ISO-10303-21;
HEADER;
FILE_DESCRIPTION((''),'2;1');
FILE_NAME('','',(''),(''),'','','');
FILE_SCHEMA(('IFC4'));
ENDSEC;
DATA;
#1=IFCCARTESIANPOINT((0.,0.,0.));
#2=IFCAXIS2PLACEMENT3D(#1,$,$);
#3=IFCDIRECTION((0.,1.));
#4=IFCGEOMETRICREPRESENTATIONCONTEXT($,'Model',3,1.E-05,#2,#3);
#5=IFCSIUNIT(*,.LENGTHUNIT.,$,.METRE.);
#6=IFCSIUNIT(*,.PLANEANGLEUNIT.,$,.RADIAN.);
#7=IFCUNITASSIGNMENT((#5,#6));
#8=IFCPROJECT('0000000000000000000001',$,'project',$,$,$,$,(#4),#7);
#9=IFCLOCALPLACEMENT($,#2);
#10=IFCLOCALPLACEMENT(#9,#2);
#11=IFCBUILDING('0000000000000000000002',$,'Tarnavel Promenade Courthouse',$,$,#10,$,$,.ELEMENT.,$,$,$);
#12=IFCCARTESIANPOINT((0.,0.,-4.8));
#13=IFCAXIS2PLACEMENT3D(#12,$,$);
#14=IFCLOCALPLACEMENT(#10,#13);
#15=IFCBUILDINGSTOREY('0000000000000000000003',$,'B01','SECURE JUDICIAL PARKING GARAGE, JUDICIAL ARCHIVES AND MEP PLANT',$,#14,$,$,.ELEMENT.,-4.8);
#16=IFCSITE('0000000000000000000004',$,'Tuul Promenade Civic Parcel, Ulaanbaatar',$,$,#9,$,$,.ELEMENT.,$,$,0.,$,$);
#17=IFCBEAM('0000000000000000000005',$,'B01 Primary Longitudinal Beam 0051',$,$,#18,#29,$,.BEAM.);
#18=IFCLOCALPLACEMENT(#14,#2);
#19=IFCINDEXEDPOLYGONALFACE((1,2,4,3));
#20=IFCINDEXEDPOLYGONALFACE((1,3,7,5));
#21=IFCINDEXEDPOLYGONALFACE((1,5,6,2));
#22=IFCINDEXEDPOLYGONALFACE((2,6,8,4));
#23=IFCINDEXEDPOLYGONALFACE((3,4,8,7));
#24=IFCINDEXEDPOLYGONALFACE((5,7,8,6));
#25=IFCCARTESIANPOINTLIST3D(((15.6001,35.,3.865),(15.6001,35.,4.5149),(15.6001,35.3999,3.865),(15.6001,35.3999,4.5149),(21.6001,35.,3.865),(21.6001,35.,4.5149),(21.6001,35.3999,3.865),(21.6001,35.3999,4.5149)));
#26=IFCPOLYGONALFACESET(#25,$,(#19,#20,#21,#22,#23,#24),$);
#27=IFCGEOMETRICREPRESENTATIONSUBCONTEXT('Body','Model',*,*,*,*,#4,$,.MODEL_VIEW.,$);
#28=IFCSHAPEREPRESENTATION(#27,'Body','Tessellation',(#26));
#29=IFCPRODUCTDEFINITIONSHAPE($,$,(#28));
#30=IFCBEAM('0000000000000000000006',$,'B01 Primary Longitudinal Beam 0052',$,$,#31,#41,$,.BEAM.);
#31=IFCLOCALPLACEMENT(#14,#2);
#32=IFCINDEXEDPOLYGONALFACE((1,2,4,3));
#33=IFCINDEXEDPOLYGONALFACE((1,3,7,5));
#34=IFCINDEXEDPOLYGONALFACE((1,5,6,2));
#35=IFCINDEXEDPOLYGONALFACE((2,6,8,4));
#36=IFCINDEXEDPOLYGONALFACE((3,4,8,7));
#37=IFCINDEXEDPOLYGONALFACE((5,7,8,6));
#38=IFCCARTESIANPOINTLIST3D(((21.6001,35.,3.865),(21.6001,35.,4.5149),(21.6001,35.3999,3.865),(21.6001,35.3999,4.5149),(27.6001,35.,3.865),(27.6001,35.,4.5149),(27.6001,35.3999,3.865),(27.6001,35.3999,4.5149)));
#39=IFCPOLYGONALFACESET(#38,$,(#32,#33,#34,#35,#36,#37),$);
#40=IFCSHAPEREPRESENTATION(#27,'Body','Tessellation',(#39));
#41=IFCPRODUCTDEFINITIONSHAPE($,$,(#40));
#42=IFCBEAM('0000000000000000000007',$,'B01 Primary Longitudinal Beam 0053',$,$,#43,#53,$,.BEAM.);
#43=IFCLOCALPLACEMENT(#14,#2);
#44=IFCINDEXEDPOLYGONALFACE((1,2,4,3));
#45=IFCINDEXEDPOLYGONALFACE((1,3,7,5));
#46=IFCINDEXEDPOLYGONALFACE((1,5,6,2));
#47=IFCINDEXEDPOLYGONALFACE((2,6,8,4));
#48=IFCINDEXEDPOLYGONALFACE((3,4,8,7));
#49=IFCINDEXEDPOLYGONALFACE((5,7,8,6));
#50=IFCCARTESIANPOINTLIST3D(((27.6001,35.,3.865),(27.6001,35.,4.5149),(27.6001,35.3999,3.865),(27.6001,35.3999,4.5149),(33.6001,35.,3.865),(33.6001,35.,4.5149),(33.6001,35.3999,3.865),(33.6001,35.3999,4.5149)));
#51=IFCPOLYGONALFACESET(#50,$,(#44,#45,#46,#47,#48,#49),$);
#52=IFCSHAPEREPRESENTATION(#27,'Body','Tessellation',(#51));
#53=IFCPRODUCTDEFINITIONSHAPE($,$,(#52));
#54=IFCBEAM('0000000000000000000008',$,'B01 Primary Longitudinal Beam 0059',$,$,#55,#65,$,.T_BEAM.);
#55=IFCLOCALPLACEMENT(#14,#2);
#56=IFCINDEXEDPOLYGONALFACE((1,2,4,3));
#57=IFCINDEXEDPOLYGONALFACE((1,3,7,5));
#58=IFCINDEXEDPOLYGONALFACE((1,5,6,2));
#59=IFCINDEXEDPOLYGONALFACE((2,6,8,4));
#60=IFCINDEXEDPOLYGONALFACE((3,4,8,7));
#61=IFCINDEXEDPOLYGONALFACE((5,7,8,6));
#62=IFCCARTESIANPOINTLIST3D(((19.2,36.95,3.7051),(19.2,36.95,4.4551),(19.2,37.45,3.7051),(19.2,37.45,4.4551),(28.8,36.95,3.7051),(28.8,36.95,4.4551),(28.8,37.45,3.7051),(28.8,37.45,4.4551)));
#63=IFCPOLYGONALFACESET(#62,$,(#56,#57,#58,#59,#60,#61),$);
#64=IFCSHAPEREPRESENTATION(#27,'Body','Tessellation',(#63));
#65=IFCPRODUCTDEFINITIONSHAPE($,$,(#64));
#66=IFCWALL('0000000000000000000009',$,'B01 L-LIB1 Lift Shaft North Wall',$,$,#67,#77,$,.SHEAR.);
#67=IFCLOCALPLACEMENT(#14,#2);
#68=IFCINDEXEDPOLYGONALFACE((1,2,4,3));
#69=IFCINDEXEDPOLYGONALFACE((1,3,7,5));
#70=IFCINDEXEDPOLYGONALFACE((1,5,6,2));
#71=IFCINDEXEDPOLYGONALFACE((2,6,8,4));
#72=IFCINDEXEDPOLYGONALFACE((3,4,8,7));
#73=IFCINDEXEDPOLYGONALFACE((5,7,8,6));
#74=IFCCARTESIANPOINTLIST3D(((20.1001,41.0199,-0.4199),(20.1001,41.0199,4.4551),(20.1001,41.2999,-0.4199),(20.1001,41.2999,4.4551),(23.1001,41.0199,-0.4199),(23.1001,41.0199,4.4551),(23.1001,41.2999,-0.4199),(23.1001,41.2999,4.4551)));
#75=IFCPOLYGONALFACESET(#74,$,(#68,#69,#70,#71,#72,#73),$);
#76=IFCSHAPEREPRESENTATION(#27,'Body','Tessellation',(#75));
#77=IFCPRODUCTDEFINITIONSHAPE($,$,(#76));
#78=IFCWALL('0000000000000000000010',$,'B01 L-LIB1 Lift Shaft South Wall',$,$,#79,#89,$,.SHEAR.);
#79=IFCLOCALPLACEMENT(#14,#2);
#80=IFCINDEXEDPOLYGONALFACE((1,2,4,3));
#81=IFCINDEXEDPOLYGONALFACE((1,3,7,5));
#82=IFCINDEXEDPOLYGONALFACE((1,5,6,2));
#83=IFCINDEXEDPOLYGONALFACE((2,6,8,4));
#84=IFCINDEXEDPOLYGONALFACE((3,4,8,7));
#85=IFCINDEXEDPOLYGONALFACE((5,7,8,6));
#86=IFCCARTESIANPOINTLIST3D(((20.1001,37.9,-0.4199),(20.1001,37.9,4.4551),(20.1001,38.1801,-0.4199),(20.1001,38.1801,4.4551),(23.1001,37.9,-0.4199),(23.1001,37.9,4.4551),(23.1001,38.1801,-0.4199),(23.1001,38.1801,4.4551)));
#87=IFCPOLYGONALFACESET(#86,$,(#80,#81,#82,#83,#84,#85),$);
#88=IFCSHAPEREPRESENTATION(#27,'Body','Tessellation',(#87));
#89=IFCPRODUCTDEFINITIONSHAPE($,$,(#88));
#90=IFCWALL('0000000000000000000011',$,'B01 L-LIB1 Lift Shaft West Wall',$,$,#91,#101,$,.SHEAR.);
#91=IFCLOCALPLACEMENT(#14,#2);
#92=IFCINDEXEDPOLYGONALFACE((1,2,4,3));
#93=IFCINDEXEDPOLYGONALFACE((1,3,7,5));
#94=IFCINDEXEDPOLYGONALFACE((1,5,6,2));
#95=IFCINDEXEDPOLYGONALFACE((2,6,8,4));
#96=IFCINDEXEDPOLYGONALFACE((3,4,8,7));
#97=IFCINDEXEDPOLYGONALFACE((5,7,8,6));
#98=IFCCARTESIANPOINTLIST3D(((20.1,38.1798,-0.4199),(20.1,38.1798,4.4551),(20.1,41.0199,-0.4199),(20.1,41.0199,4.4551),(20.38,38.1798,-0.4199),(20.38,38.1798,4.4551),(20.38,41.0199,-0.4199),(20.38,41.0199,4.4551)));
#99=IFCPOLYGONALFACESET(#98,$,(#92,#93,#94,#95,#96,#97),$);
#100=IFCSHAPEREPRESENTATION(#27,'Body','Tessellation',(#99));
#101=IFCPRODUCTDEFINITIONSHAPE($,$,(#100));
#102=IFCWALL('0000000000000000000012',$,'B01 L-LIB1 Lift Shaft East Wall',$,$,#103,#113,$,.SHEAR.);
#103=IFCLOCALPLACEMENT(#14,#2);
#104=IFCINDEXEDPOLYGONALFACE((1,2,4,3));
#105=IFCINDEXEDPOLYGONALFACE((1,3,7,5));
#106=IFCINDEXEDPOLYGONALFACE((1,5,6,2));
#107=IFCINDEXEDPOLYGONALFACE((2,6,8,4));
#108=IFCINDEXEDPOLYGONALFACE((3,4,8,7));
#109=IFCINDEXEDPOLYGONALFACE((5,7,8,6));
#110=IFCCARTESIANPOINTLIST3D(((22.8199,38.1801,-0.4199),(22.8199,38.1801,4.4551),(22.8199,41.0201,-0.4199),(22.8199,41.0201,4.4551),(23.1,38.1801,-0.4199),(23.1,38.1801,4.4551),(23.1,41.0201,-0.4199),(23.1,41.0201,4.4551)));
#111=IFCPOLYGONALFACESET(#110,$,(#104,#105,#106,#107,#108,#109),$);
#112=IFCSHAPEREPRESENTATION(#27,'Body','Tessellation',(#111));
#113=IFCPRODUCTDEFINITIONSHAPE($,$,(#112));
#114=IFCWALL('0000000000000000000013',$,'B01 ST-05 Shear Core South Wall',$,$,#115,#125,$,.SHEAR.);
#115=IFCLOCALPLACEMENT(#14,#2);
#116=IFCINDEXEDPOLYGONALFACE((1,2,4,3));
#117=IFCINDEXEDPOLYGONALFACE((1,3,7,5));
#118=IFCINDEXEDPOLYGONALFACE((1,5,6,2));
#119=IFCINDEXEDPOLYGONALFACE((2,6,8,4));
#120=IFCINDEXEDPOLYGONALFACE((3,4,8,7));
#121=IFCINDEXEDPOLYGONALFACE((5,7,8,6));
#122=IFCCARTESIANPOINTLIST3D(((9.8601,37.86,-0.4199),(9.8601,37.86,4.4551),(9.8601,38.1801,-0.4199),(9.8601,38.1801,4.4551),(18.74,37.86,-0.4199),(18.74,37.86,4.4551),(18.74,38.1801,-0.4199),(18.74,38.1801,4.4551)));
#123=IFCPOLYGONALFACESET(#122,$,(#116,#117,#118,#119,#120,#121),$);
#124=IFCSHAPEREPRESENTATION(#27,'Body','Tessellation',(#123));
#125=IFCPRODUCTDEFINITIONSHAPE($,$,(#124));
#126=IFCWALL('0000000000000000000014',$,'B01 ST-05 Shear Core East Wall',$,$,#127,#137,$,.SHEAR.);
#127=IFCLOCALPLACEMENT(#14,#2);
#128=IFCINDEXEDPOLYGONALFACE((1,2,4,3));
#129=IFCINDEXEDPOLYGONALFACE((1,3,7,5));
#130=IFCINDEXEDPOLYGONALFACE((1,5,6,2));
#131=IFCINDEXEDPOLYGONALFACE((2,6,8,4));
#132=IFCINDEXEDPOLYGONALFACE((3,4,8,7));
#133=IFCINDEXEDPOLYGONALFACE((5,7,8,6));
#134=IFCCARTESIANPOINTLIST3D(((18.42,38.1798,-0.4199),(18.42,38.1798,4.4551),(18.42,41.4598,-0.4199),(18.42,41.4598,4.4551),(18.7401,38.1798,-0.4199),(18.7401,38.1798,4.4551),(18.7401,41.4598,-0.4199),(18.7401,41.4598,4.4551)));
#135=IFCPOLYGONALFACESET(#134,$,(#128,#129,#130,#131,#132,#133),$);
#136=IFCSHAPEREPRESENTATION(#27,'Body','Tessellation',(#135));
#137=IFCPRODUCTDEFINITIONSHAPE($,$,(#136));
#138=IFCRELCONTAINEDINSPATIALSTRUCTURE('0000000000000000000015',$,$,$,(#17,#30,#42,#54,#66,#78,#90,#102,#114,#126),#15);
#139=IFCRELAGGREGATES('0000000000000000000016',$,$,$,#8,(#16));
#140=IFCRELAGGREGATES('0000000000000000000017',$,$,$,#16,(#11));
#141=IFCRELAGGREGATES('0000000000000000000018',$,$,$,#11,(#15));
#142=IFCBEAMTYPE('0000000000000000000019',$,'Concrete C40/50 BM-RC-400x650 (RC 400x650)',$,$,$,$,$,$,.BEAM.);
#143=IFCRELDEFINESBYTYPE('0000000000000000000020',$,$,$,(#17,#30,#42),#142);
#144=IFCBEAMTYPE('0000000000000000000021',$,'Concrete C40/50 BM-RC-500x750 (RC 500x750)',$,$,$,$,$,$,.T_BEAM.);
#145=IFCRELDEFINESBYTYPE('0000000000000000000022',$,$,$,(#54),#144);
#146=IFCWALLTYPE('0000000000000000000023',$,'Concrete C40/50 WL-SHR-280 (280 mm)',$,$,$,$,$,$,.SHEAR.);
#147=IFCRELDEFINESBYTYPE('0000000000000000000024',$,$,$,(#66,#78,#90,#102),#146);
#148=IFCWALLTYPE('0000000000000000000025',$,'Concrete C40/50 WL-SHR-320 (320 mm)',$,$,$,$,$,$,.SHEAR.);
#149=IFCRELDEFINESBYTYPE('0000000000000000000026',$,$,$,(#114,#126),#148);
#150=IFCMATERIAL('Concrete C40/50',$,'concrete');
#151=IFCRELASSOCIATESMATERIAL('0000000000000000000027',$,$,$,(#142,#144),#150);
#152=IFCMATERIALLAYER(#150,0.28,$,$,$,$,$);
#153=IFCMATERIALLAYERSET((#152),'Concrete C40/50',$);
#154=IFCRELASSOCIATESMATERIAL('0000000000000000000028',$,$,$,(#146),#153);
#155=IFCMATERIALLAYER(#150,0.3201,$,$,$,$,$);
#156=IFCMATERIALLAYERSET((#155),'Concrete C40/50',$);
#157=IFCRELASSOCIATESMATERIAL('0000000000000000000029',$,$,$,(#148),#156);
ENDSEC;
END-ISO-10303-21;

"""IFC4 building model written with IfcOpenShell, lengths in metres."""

from ifc_helpers import new_model, si_unit, direction, frame, frame_2d, origin, origin_2d, place, context, subcontext, project, spatial, rectangle, extrude, material, layer, layer_set, material_profile, profile_set, type_object, element, save


model = new_model("IFC4")

# Units and contexts
model_context = context("Model", 3, precision=1e-05, world=origin(), true_north=direction((0.0, 1.0)))
body_context = subcontext(model_context, "Body", "Model", "MODEL_VIEW")
ifc_project = project(units=[si_unit("LENGTHUNIT", "METRE"), si_unit("PLANEANGLEUNIT", "RADIAN")], contexts=[model_context])

# Site, building, storey
site_placement = place(None, origin())
site = spatial("IfcSite", under=ifc_project, at=site_placement, Name="Tuul Promenade Civic Parcel, Ulaanbaatar", CompositionType="ELEMENT", RefElevation=0.0)
building_placement = place(site_placement, origin())
building = spatial("IfcBuilding", under=site, at=building_placement, Name="Tarnavel Promenade Courthouse", CompositionType="ELEMENT")
storey_placement = place(building_placement, frame((0.0, 0.0, -4.8)))
storey = spatial("IfcBuildingStorey", under=building, at=storey_placement, Name="B01", Description="SECURE JUDICIAL PARKING GARAGE, JUDICIAL ARCHIVES AND MEP PLANT", CompositionType="ELEMENT", Elevation=-4.8)

# Shared definitions
ifc_material_1 = material(Name="Concrete C40/50", Category="concrete")

# Beams
ifc_material_profile_1 = material_profile(ifc_material_1, rectangle(XDim=0.3999, YDim=0.6499, at=origin_2d()), Name="RC 400x650")
ifc_profile_set_1 = profile_set([ifc_material_profile_1], Name="Concrete C40/50")
beam_type_1 = type_object("IfcBeamType", Name="Concrete C40/50 BM-RC-400x650 (RC 400x650)", PredefinedType="BEAM", material=ifc_profile_set_1)
for number, where, z_axis, x_axis, name in (
    (1, (15.6001, 35.2, 4.1899), (1.0, 0.0, 0.0), (0.0, 1.0, 0.0), "B01 Primary Longitudinal Beam 0051"),
    (2, (21.6001, 35.2, 4.1899), (1.0, 0.0, 0.0), (0.0, 1.0, 0.0), "B01 Primary Longitudinal Beam 0052"),
    (3, (27.6001, 35.2, 4.1899), (1.0, 0.0, 0.0), (0.0, 1.0, 0.0), "B01 Primary Longitudinal Beam 0053"),
):
    element("IfcBeam", number, at=place(storey_placement, frame(where, z_axis=z_axis, x_axis=x_axis)), inside=storey, type_object=beam_type_1, Name=name, PredefinedType="BEAM", context=body_context, shape_type="SweptSolid", body=[
        extrude(rectangle(XDim=0.3999, YDim=0.6499, at=origin_2d()), origin(), (0.0, 0.0, 1.0), 6.0),
    ])
ifc_material_profile_2 = material_profile(ifc_material_1, rectangle(XDim=0.5, YDim=0.75, at=origin_2d()), Name="RC 500x750")
ifc_profile_set_2 = profile_set([ifc_material_profile_2], Name="Concrete C40/50")
beam_type_2 = type_object("IfcBeamType", Name="Concrete C40/50 BM-RC-500x750 (RC 500x750)", PredefinedType="T_BEAM", material=ifc_profile_set_2)
beam_1_placement = place(storey_placement, frame((19.2, 37.2, 4.0801), z_axis=(1.0, 0.0, 0.0), x_axis=(0.0, 1.0, 0.0)))
element("IfcBeam", 4, at=beam_1_placement, inside=storey, type_object=beam_type_2, Name="B01 Primary Longitudinal Beam 0059", PredefinedType="T_BEAM", context=body_context, shape_type="SweptSolid", body=[
    extrude(rectangle(XDim=0.5, YDim=0.75, at=origin_2d()), origin(), (0.0, 0.0, 1.0), 9.6001),
])

# Walls
ifc_layer_1 = layer(ifc_material_1, 0.28)
ifc_layer_set_1 = layer_set([ifc_layer_1], Name="Concrete C40/50")
wall_type_1 = type_object("IfcWallType", Name="Concrete C40/50 WL-SHR-280 (280 mm)", PredefinedType="SHEAR", material=ifc_layer_set_1)
for number, where, z_axis, x_axis, name in (
    (5, (20.1001, 41.1599, -0.4199), (0.0, 0.0, 1.0), (1.0, 0.0, 0.0), "B01 L-LIB1 Lift Shaft North Wall"),
    (6, (23.1001, 38.04, -0.4199), (0.0, 0.0, 1.0), (-1.0, 0.0, 0.0), "B01 L-LIB1 Lift Shaft South Wall"),
):
    element("IfcWall", number, at=place(storey_placement, frame(where, z_axis=z_axis, x_axis=x_axis)), inside=storey, type_object=wall_type_1, Name=name, PredefinedType="SHEAR", context=body_context, shape_type="SweptSolid", body=[
        extrude(rectangle(XDim=3.0, YDim=0.28, at=frame_2d((1.5, 0.0))), origin(), (0.0, 0.0, 1.0), 4.875),
    ])
for number, where, z_axis, x_axis, name in (
    (7, (20.24, 38.1799, -0.4199), (0.0, 0.0, 1.0), (0.0, 1.0, 0.0), "B01 L-LIB1 Lift Shaft West Wall"),
    (8, (22.96, 41.02, -0.4199), (0.0, 0.0, 1.0), (0.0, -1.0, 0.0), "B01 L-LIB1 Lift Shaft East Wall"),
):
    element("IfcWall", number, at=place(storey_placement, frame(where, z_axis=z_axis, x_axis=x_axis)), inside=storey, type_object=wall_type_1, Name=name, PredefinedType="SHEAR", context=body_context, shape_type="SweptSolid", body=[
        extrude(rectangle(XDim=2.8401, YDim=0.28, at=frame_2d((1.4199, 0.0))), origin(), (0.0, 0.0, 1.0), 4.875),
    ])
ifc_layer_2 = layer(ifc_material_1, 0.3201)
ifc_layer_set_2 = layer_set([ifc_layer_2], Name="Concrete C40/50")
wall_type_2 = type_object("IfcWallType", Name="Concrete C40/50 WL-SHR-320 (320 mm)", PredefinedType="SHEAR", material=ifc_layer_set_2)
wall_1_placement = place(storey_placement, frame((18.74, 38.02, -0.4199), z_axis=(0.0, 0.0, 1.0), x_axis=(-1.0, 0.0, 0.0)))
element("IfcWall", 9, at=wall_1_placement, inside=storey, type_object=wall_type_2, Name="B01 ST-05 Shear Core South Wall", PredefinedType="SHEAR", context=body_context, shape_type="SweptSolid", body=[
    extrude(rectangle(XDim=8.8799, YDim=0.3201, at=frame_2d((4.4399, 0.0))), origin(), (0.0, 0.0, 1.0), 4.875),
])
wall_2_placement = place(storey_placement, frame((18.5801, 41.46, -0.4199), z_axis=(0.0, 0.0, 1.0), x_axis=(0.0, -1.0, 0.0)))
element("IfcWall", 10, at=wall_2_placement, inside=storey, type_object=wall_type_2, Name="B01 ST-05 Shear Core East Wall", PredefinedType="SHEAR", context=body_context, shape_type="SweptSolid", body=[
    extrude(rectangle(XDim=3.28, YDim=0.3201, at=frame_2d((1.6401, 0.0))), origin(), (0.0, 0.0, 1.0), 4.875),
])

save(model, "model.ifc")
